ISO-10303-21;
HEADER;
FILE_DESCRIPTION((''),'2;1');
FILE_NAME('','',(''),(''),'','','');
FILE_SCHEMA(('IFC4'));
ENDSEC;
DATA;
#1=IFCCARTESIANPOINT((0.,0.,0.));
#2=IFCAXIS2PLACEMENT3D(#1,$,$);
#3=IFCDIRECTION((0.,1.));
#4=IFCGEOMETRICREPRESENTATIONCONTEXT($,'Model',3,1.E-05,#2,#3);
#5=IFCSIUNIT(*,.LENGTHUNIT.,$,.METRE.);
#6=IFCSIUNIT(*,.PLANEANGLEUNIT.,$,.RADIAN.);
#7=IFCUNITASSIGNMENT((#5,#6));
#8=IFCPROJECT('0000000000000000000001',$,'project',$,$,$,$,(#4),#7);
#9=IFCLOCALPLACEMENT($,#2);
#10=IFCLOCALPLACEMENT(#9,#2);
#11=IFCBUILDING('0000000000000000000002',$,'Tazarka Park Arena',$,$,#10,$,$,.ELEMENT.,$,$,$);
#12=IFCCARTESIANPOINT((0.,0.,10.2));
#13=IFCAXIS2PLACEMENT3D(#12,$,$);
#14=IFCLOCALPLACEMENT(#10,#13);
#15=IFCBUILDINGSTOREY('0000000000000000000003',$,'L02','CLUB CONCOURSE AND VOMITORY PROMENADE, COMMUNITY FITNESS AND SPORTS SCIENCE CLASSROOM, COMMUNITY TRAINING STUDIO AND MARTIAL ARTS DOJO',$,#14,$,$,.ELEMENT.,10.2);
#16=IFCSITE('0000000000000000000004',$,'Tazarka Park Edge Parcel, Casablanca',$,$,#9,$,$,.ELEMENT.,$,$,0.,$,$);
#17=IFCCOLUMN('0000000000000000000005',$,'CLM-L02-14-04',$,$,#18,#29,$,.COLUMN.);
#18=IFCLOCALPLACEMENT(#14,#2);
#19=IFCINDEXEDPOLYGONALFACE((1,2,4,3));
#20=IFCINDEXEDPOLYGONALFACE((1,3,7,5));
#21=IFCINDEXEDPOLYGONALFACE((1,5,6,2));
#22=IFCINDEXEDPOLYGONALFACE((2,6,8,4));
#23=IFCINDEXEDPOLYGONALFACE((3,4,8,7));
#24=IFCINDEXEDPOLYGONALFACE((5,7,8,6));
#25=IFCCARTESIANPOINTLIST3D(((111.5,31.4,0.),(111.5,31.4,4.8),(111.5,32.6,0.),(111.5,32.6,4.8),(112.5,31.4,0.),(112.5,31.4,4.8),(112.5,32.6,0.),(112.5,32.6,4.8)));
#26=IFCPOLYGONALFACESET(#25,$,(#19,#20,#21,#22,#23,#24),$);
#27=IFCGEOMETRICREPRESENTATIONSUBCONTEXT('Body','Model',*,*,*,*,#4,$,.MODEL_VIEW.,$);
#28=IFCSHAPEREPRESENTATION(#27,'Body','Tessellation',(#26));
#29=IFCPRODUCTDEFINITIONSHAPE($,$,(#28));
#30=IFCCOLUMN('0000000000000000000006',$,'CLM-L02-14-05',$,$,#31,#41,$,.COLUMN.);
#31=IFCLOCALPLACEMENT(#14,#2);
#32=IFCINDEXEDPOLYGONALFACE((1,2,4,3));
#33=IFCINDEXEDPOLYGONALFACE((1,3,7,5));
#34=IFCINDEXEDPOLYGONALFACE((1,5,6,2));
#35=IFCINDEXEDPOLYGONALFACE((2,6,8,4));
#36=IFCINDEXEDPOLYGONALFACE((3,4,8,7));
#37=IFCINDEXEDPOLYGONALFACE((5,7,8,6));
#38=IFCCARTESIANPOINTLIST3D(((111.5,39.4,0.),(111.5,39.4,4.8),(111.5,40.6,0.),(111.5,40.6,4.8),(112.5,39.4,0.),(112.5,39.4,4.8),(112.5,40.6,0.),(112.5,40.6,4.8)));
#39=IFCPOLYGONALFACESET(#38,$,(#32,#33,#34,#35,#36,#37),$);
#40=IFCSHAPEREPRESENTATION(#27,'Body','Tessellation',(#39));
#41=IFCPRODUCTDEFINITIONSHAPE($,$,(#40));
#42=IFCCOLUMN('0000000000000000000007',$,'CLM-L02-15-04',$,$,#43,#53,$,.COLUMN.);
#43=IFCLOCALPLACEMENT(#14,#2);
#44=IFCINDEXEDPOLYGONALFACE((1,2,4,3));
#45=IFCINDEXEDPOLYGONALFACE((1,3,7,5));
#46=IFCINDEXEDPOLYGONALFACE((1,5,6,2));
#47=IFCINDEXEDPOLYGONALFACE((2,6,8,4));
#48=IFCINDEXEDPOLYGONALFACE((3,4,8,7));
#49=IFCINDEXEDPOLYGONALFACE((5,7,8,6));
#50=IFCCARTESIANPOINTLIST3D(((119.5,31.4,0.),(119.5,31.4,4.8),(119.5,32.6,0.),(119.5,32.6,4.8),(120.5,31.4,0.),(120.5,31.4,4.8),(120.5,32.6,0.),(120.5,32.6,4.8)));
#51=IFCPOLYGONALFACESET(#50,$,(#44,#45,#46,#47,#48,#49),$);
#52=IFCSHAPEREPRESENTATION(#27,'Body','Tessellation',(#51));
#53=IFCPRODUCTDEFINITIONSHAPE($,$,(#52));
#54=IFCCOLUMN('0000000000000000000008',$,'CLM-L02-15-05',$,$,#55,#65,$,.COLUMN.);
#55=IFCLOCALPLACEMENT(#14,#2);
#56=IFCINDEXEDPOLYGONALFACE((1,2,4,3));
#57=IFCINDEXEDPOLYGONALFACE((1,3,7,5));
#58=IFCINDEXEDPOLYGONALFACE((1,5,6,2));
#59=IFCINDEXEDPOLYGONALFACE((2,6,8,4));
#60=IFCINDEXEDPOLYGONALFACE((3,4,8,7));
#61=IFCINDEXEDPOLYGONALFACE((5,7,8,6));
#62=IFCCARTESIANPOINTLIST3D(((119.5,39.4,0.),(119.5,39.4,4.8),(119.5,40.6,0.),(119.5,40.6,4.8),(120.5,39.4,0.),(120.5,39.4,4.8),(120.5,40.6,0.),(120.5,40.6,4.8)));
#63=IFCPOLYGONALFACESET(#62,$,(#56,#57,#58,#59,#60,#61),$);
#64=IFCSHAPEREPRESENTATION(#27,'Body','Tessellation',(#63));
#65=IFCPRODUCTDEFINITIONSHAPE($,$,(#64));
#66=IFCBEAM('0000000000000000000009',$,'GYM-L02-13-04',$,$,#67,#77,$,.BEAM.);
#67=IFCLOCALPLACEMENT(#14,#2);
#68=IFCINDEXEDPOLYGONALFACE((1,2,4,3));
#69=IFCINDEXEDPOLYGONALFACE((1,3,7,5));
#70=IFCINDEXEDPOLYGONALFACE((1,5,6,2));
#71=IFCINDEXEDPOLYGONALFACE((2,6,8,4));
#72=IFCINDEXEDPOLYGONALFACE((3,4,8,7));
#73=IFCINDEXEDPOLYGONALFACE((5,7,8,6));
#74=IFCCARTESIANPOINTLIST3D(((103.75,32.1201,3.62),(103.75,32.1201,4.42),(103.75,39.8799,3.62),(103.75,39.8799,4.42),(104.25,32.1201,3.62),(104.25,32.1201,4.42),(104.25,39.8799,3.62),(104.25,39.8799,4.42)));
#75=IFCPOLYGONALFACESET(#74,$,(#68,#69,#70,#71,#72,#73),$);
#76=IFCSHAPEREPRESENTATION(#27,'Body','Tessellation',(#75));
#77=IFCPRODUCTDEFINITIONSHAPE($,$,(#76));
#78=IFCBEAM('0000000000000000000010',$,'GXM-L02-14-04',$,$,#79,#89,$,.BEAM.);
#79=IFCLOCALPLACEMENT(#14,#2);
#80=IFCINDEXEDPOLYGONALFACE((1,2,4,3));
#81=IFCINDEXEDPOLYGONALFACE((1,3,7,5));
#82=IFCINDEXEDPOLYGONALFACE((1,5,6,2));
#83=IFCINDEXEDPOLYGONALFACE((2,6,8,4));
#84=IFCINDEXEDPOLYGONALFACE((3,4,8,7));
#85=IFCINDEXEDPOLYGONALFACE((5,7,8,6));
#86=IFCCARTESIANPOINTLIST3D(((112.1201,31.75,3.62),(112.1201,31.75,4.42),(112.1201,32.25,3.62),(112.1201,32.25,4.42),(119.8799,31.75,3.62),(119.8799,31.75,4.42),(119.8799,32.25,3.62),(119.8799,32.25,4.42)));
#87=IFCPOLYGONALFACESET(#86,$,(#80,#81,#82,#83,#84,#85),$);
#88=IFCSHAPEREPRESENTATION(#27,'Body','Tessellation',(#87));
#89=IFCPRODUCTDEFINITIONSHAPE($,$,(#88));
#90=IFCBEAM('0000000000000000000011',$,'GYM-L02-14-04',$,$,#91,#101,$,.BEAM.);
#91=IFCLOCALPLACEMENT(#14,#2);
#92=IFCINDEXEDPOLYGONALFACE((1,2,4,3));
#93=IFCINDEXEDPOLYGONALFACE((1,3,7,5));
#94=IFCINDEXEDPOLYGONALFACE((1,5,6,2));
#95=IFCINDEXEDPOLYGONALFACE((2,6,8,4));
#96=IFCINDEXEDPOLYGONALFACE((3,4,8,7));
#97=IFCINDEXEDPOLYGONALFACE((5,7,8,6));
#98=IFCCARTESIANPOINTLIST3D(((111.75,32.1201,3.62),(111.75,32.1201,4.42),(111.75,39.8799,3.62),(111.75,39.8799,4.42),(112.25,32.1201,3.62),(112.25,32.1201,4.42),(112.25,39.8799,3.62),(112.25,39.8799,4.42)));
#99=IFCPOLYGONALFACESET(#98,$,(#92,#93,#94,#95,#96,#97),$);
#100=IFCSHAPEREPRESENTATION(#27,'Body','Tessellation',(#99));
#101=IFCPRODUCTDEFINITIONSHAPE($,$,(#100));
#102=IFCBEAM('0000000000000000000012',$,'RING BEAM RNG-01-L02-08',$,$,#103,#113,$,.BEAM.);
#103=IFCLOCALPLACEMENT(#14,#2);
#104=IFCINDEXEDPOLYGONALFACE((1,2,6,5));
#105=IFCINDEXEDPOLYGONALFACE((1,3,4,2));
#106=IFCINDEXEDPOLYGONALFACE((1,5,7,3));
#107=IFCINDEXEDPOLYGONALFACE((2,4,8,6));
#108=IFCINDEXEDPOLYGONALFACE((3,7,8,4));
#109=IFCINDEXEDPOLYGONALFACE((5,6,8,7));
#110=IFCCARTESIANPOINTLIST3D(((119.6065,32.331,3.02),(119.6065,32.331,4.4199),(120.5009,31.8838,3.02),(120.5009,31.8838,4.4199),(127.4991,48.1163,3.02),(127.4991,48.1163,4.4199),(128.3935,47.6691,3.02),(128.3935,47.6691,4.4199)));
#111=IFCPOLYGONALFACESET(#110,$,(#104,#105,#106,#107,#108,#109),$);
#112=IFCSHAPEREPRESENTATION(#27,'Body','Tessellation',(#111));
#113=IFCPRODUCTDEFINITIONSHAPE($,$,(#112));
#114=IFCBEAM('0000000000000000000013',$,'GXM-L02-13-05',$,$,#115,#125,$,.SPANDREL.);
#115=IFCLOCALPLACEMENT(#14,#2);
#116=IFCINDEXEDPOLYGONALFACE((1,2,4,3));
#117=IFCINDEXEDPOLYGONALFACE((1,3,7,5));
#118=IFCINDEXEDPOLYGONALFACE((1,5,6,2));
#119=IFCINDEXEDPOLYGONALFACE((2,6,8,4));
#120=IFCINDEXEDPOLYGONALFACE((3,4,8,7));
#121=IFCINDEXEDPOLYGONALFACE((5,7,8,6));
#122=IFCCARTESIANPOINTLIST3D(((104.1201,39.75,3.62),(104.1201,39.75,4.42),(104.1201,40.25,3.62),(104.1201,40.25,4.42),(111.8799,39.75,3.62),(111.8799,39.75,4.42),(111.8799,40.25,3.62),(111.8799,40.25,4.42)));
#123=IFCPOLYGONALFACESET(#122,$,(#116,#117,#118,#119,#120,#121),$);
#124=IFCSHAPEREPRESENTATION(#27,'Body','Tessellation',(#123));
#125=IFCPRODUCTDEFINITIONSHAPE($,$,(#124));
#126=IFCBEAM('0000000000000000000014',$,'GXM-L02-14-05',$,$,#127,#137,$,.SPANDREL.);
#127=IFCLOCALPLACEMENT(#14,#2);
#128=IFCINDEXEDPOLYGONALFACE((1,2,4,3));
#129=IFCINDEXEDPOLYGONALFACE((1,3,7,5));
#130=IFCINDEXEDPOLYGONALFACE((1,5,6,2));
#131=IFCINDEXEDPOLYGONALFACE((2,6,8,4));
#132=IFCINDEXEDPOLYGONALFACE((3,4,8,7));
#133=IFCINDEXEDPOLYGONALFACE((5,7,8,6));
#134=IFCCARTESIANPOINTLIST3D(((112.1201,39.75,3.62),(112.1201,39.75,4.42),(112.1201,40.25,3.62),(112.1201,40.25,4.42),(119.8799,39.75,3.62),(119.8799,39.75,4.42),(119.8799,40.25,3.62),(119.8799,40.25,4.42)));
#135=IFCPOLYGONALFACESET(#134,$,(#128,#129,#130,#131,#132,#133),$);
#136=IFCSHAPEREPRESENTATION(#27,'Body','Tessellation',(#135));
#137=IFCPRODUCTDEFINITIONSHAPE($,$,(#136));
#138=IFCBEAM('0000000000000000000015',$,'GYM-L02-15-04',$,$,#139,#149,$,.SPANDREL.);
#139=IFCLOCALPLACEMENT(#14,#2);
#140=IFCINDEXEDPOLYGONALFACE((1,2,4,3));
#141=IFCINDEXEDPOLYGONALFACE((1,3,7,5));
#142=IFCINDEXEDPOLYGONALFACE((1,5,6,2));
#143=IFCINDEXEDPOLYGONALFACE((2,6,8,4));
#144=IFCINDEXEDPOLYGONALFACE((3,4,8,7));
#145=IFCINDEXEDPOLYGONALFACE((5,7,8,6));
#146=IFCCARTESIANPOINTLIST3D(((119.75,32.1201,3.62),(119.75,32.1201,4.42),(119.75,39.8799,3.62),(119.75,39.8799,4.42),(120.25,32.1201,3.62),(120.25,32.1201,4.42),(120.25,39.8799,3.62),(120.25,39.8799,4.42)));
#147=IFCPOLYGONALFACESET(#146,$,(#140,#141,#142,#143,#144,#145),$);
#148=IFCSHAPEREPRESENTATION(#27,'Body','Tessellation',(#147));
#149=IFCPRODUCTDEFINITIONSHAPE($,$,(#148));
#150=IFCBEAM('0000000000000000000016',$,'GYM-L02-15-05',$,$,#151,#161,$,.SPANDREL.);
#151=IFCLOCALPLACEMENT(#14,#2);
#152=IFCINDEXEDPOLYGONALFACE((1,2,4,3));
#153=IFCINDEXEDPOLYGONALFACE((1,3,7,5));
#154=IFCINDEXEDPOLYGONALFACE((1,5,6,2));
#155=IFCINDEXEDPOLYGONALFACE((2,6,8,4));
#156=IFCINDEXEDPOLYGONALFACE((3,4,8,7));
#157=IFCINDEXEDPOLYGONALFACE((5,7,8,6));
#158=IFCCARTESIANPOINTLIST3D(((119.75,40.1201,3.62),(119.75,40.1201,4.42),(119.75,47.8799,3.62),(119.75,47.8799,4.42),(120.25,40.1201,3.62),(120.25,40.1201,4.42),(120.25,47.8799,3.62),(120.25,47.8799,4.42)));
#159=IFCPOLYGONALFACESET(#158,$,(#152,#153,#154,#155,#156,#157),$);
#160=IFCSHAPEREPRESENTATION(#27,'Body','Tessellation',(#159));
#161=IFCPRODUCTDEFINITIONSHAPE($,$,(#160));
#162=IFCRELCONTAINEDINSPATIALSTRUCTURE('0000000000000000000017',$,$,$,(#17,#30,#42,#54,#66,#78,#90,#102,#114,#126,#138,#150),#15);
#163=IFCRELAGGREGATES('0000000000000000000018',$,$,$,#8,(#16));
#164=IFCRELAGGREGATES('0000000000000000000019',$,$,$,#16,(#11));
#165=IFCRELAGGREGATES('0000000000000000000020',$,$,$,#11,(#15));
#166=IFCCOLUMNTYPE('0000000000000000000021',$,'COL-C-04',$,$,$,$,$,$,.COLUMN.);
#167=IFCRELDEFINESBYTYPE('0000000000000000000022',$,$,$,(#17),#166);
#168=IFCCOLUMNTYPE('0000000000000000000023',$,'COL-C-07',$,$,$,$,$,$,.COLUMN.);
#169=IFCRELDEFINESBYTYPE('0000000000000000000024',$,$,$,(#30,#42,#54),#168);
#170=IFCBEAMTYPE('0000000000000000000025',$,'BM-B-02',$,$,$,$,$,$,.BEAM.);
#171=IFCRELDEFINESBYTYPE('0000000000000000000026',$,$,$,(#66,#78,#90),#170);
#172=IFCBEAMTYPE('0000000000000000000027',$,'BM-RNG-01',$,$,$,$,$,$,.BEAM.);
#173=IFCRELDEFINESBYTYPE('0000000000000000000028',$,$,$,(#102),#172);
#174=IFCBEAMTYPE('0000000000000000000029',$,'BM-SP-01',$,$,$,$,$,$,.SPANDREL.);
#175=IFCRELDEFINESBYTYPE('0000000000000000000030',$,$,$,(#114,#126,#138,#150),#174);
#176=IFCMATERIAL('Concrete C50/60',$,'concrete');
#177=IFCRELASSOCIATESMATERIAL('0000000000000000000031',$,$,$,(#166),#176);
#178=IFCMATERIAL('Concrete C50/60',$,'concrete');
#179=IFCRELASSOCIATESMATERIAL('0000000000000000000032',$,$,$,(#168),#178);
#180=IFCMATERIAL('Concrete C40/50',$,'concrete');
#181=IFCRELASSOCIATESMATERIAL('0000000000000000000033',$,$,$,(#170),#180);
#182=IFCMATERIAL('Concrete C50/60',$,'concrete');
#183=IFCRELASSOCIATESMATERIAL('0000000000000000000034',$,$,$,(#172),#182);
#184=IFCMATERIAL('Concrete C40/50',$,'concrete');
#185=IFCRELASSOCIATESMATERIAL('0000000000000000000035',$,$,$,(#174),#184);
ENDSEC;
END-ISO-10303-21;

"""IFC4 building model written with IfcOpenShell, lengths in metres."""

from ifc_helpers import new_model, si_unit, direction, frame, origin, origin_2d, place, context, subcontext, project, spatial, rectangle, extrude, material, material_profile, profile_set, type_object, element, save


model = new_model("IFC4")

# Units and contexts
model_context = context("Model", 3, precision=1e-05, world=origin(), true_north=direction((0.0, 1.0)))
body_context = subcontext(model_context, "Body", "Model", "MODEL_VIEW")
ifc_project = project(units=[si_unit("LENGTHUNIT", "METRE"), si_unit("PLANEANGLEUNIT", "RADIAN")], contexts=[model_context])

# Site, building, storey
site_placement = place(None, origin())
site = spatial("IfcSite", under=ifc_project, at=site_placement, Name="Tazarka Park Edge Parcel, Casablanca", CompositionType="ELEMENT", RefElevation=0.0)
building_placement = place(site_placement, origin())
building = spatial("IfcBuilding", under=site, at=building_placement, Name="Tazarka Park Arena", CompositionType="ELEMENT")
storey_placement = place(building_placement, frame((0.0, 0.0, 10.2)))
storey = spatial("IfcBuildingStorey", under=building, at=storey_placement, Name="L02", Description="CLUB CONCOURSE AND VOMITORY PROMENADE, COMMUNITY FITNESS AND SPORTS SCIENCE CLASSROOM, COMMUNITY TRAINING STUDIO AND MARTIAL ARTS DOJO", CompositionType="ELEMENT", Elevation=10.2)

# Columns
ifc_material_1 = material(Name="Concrete C50/60", Category="concrete")
ifc_material_profile_1 = material_profile(ifc_material_1, rectangle(XDim=1.0, YDim=1.2, at=origin_2d()), Name="Concrete C50/60")
ifc_profile_set_1 = profile_set([ifc_material_profile_1], Name="Concrete C50/60")
column_type_1 = type_object("IfcColumnType", Name="COL-C-04", PredefinedType="COLUMN", material=ifc_profile_set_1)
column_placement = place(storey_placement, frame((112.0, 32.0, 0.0), z_axis=(0.0, 0.0, 1.0), x_axis=(1.0, 0.0, 0.0)))
element("IfcColumn", 1, at=column_placement, inside=storey, type_object=column_type_1, Name="CLM-L02-14-04", PredefinedType="COLUMN", context=body_context, shape_type="SweptSolid", body=[
    extrude(rectangle(XDim=1.0, YDim=1.2, at=origin_2d()), origin(), (0.0, 0.0, 1.0), 4.8),
])
ifc_material_2 = material(Name="Concrete C50/60", Category="concrete")
ifc_material_profile_2 = material_profile(ifc_material_2, rectangle(XDim=1.0, YDim=1.2, at=origin_2d()), Name="Concrete C50/60")
ifc_profile_set_2 = profile_set([ifc_material_profile_2], Name="Concrete C50/60")
column_type_2 = type_object("IfcColumnType", Name="COL-C-07", PredefinedType="COLUMN", material=ifc_profile_set_2)
for number, where, z_axis, x_axis, name in (
    (2, (112.0, 40.0, 0.0), (0.0, 0.0, 1.0), (1.0, 0.0, 0.0), "CLM-L02-14-05"),
    (3, (120.0, 32.0, 0.0), (0.0, 0.0, 1.0), (1.0, 0.0, 0.0), "CLM-L02-15-04"),
    (4, (120.0, 40.0, 0.0), (0.0, 0.0, 1.0), (1.0, 0.0, 0.0), "CLM-L02-15-05"),
):
    element("IfcColumn", number, at=place(storey_placement, frame(where, z_axis=z_axis, x_axis=x_axis)), inside=storey, type_object=column_type_2, Name=name, PredefinedType="COLUMN", context=body_context, shape_type="SweptSolid", body=[
        extrude(rectangle(XDim=1.0, YDim=1.2, at=origin_2d()), origin(), (0.0, 0.0, 1.0), 4.8),
    ])

# Beams
ifc_material_3 = material(Name="Concrete C40/50", Category="concrete")
ifc_material_profile_3 = material_profile(ifc_material_3, rectangle(XDim=0.5, YDim=0.8, at=origin_2d()), Name="Concrete C40/50")
ifc_profile_set_3 = profile_set([ifc_material_profile_3], Name="Concrete C40/50")
beam_type_1 = type_object("IfcBeamType", Name="BM-B-02", PredefinedType="BEAM", material=ifc_profile_set_3)
for number, where, z_axis, x_axis, name in (
    (5, (104.0, 32.1201, 4.02), (0.0, 1.0, 0.0), (-1.0, 0.0, 0.0), "GYM-L02-13-04"),
    (6, (112.1201, 32.0, 4.02), (1.0, 0.0, 0.0), (0.0, 1.0, 0.0), "GXM-L02-14-04"),
    (7, (112.0, 32.1201, 4.02), (0.0, 1.0, 0.0), (-1.0, 0.0, 0.0), "GYM-L02-14-04"),
):
    element("IfcBeam", number, at=place(storey_placement, frame(where, z_axis=z_axis, x_axis=x_axis)), inside=storey, type_object=beam_type_1, Name=name, PredefinedType="BEAM", context=body_context, shape_type="SweptSolid", body=[
        extrude(rectangle(XDim=0.5, YDim=0.8, at=origin_2d()), origin(), (0.0, 0.0, 1.0), 7.7598),
    ])
ifc_material_4 = material(Name="Concrete C50/60", Category="concrete")
ifc_material_profile_4 = material_profile(ifc_material_4, rectangle(XDim=1.0, YDim=1.3999, at=origin_2d()), Name="Concrete C50/60")
ifc_profile_set_4 = profile_set([ifc_material_profile_4], Name="Concrete C50/60")
beam_type_2 = type_object("IfcBeamType", Name="BM-RNG-01", PredefinedType="BEAM", material=ifc_profile_set_4)
beam_placement = place(storey_placement, frame((120.0537, 32.1074, 3.72), z_axis=(0.447214, 0.894427, 0.0), x_axis=(-0.894427, 0.447214, 0.0)))
element("IfcBeam", 8, at=beam_placement, inside=storey, type_object=beam_type_2, Name="RING BEAM RNG-01-L02-08", PredefinedType="BEAM", context=body_context, shape_type="SweptSolid", body=[
    extrude(rectangle(XDim=1.0, YDim=1.3999, at=origin_2d()), origin(), (0.0, 0.0, 1.0), 17.6484),
])
ifc_material_5 = material(Name="Concrete C40/50", Category="concrete")
ifc_material_profile_5 = material_profile(ifc_material_5, rectangle(XDim=0.5, YDim=0.8, at=origin_2d()), Name="Concrete C40/50")
ifc_profile_set_5 = profile_set([ifc_material_profile_5], Name="Concrete C40/50")
beam_type_3 = type_object("IfcBeamType", Name="BM-SP-01", PredefinedType="SPANDREL", material=ifc_profile_set_5)
for number, where, z_axis, x_axis, name in (
    (9, (104.1201, 40.0, 4.02), (1.0, 0.0, 0.0), (0.0, 1.0, 0.0), "GXM-L02-13-05"),
    (10, (112.1201, 40.0, 4.02), (1.0, 0.0, 0.0), (0.0, 1.0, 0.0), "GXM-L02-14-05"),
    (11, (120.0, 32.1201, 4.02), (0.0, 1.0, 0.0), (-1.0, 0.0, 0.0), "GYM-L02-15-04"),
    (12, (120.0, 40.1201, 4.02), (0.0, 1.0, 0.0), (-1.0, 0.0, 0.0), "GYM-L02-15-05"),
):
    element("IfcBeam", number, at=place(storey_placement, frame(where, z_axis=z_axis, x_axis=x_axis)), inside=storey, type_object=beam_type_3, Name=name, PredefinedType="SPANDREL", context=body_context, shape_type="SweptSolid", body=[
        extrude(rectangle(XDim=0.5, YDim=0.8, at=origin_2d()), origin(), (0.0, 0.0, 1.0), 7.7598),
    ])

save(model, "model.ifc")
